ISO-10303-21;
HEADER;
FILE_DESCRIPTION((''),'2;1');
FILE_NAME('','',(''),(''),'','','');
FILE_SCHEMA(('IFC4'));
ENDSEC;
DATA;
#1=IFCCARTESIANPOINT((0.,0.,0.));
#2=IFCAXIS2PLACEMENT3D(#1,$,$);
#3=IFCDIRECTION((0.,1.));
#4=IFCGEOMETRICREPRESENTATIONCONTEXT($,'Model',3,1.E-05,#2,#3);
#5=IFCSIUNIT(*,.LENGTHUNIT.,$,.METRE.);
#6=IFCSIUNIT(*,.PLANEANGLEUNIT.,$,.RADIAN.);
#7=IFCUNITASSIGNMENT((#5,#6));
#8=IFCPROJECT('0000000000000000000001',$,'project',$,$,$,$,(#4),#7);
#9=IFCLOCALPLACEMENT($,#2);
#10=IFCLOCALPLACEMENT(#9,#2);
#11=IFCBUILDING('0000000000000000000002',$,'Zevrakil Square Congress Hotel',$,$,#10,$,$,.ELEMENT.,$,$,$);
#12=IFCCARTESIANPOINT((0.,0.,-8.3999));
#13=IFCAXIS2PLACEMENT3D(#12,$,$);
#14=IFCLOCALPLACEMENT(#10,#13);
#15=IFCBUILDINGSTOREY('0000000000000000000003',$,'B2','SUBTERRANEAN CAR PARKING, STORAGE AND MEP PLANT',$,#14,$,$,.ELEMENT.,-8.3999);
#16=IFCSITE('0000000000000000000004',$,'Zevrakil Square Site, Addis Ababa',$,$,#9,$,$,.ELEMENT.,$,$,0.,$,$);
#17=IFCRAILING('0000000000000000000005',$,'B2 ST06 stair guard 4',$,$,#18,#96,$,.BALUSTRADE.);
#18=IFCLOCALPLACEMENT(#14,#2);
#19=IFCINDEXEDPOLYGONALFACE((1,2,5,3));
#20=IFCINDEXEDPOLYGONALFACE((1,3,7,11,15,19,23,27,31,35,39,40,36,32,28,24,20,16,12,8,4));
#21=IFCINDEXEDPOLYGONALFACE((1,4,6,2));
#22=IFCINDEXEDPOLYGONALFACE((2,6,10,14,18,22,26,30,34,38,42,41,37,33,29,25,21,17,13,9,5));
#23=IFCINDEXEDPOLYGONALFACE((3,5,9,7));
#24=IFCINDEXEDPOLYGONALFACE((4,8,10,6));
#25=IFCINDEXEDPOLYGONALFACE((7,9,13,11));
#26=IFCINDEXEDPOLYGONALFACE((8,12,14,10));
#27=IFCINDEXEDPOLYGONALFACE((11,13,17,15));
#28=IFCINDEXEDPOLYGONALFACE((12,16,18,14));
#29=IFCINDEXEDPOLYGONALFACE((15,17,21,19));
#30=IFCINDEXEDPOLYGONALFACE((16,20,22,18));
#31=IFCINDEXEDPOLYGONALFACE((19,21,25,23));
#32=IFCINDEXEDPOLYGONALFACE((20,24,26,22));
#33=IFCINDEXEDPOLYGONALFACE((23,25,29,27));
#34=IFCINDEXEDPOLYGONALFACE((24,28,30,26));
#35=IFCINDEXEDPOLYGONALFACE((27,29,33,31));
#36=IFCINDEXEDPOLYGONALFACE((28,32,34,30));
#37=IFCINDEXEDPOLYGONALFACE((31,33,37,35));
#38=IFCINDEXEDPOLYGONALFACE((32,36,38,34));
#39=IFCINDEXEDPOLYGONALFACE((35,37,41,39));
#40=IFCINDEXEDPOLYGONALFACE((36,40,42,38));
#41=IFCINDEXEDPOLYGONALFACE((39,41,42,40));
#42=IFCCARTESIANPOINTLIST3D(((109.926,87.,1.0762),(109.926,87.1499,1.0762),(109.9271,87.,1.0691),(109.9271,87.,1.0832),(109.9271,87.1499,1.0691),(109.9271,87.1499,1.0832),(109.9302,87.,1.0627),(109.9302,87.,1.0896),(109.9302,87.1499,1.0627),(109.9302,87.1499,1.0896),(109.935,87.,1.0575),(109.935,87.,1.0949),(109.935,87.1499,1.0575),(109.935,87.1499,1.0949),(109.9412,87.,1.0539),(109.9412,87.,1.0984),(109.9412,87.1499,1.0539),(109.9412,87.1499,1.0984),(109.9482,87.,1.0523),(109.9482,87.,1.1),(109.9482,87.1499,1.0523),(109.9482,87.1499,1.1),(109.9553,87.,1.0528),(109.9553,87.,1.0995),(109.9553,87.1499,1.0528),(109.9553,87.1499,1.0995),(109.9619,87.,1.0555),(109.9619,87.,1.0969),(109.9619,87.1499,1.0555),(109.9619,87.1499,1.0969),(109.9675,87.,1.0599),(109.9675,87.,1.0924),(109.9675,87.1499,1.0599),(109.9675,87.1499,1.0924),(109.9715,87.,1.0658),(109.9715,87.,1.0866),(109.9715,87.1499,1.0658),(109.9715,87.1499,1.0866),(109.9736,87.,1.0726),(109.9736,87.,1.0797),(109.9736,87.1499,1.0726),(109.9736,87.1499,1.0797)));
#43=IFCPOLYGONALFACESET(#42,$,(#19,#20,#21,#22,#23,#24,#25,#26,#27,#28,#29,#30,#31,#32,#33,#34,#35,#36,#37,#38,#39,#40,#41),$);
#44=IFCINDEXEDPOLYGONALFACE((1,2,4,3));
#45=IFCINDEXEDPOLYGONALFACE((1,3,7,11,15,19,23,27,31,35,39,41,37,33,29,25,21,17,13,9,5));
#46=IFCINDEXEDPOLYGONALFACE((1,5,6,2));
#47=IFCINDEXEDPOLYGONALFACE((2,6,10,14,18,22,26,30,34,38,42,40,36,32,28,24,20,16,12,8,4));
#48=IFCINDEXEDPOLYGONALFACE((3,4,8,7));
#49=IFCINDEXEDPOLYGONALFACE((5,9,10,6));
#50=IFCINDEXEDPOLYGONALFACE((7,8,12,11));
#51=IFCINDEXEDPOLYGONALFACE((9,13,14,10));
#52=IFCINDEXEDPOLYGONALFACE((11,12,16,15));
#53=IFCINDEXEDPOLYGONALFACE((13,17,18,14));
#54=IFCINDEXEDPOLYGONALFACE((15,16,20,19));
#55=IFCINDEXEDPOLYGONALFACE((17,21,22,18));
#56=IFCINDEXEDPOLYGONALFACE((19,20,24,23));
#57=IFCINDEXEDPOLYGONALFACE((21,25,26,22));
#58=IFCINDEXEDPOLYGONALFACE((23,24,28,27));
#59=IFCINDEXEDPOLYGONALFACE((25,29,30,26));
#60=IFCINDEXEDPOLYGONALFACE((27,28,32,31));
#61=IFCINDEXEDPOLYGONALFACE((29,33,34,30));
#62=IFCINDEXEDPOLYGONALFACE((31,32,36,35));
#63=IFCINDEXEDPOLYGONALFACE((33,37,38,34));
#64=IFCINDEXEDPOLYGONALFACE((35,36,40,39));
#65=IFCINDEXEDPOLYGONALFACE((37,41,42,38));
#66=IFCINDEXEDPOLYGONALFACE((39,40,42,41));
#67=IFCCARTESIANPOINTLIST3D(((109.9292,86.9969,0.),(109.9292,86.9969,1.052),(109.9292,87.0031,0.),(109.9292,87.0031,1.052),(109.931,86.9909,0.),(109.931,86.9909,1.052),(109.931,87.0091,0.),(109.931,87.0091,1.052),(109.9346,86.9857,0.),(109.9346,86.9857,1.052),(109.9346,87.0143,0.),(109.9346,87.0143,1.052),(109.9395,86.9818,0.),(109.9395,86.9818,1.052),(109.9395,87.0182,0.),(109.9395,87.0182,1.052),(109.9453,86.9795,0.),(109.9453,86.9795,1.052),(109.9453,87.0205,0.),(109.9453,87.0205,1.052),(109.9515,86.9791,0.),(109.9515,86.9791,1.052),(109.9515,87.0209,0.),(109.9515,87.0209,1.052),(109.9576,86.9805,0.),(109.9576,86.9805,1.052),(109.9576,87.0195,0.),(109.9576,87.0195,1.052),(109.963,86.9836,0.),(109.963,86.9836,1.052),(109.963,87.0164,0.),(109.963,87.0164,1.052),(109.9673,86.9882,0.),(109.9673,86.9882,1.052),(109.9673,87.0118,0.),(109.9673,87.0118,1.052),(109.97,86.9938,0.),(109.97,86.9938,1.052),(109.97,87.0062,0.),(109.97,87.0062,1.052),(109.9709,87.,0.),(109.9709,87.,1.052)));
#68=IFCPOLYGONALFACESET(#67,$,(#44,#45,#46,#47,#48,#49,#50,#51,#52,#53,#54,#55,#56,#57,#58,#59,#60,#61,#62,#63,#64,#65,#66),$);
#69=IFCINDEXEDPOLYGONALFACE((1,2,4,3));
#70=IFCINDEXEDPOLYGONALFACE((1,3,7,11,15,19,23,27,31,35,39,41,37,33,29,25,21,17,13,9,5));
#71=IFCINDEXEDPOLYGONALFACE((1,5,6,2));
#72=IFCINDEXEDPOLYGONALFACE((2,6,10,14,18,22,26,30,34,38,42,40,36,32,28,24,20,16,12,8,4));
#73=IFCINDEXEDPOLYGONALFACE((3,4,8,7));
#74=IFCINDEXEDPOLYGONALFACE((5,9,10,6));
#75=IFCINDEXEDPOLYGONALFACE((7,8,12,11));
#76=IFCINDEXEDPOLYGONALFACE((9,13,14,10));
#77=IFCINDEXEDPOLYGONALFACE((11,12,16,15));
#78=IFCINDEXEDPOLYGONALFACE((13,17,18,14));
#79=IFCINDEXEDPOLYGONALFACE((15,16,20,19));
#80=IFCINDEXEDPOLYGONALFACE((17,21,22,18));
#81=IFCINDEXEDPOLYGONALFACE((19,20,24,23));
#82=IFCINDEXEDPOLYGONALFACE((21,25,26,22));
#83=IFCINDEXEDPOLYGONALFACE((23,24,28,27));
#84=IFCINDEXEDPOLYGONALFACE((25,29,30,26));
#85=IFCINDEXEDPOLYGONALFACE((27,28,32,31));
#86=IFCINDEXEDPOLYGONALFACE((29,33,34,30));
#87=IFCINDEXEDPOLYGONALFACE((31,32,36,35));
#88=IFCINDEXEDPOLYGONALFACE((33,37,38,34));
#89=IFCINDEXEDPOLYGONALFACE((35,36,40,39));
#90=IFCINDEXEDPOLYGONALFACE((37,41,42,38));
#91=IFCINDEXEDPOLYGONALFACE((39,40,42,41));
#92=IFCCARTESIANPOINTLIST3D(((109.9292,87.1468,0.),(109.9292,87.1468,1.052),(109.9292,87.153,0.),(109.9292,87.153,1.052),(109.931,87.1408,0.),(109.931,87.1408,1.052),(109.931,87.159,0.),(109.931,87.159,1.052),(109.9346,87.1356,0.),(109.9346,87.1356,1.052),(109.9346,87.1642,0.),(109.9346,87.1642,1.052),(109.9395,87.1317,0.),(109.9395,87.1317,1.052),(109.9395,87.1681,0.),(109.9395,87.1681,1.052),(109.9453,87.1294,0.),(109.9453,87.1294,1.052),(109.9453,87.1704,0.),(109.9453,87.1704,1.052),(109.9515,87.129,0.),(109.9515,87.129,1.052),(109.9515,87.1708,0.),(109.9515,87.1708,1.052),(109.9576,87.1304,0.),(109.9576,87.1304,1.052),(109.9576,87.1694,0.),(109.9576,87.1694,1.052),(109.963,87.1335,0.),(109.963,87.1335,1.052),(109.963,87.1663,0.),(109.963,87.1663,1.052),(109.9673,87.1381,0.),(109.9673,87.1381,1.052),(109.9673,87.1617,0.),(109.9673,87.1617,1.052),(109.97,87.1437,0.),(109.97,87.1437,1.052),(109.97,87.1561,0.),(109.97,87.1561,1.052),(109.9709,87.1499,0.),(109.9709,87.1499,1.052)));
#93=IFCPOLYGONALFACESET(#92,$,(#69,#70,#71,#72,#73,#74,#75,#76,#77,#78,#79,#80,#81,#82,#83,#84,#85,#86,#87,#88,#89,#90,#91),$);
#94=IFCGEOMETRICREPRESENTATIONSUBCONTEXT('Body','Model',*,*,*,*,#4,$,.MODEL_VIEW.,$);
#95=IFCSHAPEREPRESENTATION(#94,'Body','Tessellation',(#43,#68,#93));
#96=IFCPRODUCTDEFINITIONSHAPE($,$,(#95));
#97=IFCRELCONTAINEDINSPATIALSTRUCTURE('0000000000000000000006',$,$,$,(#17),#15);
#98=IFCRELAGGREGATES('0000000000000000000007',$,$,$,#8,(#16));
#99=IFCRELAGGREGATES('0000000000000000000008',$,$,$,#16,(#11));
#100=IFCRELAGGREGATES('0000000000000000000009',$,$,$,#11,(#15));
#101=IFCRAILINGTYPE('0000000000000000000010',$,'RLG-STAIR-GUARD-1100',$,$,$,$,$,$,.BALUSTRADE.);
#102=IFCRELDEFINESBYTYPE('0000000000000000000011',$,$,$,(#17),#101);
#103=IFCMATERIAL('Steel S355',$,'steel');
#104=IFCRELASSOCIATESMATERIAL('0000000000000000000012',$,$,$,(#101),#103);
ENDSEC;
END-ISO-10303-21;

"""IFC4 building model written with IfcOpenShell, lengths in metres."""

from ifc_helpers import new_model, si_unit, direction, frame, origin, origin_2d, place, context, subcontext, project, spatial, circle, extrude, material, type_object, element, save


model = new_model("IFC4")

# Units and contexts
model_context = context("Model", 3, precision=1e-05, world=origin(), true_north=direction((0.0, 1.0)))
body_context = subcontext(model_context, "Body", "Model", "MODEL_VIEW")
ifc_project = project(units=[si_unit("LENGTHUNIT", "METRE"), si_unit("PLANEANGLEUNIT", "RADIAN")], contexts=[model_context])

# Site, building, storey
site_placement = place(None, origin())
site = spatial("IfcSite", under=ifc_project, at=site_placement, Name="Zevrakil Square Site, Addis Ababa", CompositionType="ELEMENT", RefElevation=0.0)
building_placement = place(site_placement, origin())
building = spatial("IfcBuilding", under=site, at=building_placement, Name="Zevrakil Square Congress Hotel", CompositionType="ELEMENT")
storey_placement = place(building_placement, frame((0.0, 0.0, -8.3999)))
storey = spatial("IfcBuildingStorey", under=building, at=storey_placement, Name="B2", Description="SUBTERRANEAN CAR PARKING, STORAGE AND MEP PLANT", CompositionType="ELEMENT", Elevation=-8.3999)

# Railing
ifc_material_1 = material(Name="Steel S355", Category="steel")
railing_type_1 = type_object("IfcRailingType", Name="RLG-STAIR-GUARD-1100", PredefinedType="BALUSTRADE", material=ifc_material_1)
railing_1_placement = place(storey_placement, frame((109.95, 87.0, 0.0)))
element("IfcRailing", 1, at=railing_1_placement, inside=storey, type_object=railing_type_1, Name="B2 ST06 stair guard 4", PredefinedType="BALUSTRADE", context=body_context, shape_type="SweptSolid", body=[
    extrude(circle(Radius=0.0239, at=origin_2d()), frame((0.0, 0.0, 1.0762), z_axis=(0.0, 1.0, 0.0), x_axis=(-1.0, 0.0, 0.0)), (0.0, 0.0, 1.0), 0.1499),
    extrude(circle(Radius=0.021, at=origin_2d()), origin(), (0.0, 0.0, 1.0), 1.052),
    extrude(circle(Radius=0.021, at=origin_2d()), frame((0.0, 0.1499, 0.0)), (0.0, 0.0, 1.0), 1.052),
])

save(model, "model.ifc")
